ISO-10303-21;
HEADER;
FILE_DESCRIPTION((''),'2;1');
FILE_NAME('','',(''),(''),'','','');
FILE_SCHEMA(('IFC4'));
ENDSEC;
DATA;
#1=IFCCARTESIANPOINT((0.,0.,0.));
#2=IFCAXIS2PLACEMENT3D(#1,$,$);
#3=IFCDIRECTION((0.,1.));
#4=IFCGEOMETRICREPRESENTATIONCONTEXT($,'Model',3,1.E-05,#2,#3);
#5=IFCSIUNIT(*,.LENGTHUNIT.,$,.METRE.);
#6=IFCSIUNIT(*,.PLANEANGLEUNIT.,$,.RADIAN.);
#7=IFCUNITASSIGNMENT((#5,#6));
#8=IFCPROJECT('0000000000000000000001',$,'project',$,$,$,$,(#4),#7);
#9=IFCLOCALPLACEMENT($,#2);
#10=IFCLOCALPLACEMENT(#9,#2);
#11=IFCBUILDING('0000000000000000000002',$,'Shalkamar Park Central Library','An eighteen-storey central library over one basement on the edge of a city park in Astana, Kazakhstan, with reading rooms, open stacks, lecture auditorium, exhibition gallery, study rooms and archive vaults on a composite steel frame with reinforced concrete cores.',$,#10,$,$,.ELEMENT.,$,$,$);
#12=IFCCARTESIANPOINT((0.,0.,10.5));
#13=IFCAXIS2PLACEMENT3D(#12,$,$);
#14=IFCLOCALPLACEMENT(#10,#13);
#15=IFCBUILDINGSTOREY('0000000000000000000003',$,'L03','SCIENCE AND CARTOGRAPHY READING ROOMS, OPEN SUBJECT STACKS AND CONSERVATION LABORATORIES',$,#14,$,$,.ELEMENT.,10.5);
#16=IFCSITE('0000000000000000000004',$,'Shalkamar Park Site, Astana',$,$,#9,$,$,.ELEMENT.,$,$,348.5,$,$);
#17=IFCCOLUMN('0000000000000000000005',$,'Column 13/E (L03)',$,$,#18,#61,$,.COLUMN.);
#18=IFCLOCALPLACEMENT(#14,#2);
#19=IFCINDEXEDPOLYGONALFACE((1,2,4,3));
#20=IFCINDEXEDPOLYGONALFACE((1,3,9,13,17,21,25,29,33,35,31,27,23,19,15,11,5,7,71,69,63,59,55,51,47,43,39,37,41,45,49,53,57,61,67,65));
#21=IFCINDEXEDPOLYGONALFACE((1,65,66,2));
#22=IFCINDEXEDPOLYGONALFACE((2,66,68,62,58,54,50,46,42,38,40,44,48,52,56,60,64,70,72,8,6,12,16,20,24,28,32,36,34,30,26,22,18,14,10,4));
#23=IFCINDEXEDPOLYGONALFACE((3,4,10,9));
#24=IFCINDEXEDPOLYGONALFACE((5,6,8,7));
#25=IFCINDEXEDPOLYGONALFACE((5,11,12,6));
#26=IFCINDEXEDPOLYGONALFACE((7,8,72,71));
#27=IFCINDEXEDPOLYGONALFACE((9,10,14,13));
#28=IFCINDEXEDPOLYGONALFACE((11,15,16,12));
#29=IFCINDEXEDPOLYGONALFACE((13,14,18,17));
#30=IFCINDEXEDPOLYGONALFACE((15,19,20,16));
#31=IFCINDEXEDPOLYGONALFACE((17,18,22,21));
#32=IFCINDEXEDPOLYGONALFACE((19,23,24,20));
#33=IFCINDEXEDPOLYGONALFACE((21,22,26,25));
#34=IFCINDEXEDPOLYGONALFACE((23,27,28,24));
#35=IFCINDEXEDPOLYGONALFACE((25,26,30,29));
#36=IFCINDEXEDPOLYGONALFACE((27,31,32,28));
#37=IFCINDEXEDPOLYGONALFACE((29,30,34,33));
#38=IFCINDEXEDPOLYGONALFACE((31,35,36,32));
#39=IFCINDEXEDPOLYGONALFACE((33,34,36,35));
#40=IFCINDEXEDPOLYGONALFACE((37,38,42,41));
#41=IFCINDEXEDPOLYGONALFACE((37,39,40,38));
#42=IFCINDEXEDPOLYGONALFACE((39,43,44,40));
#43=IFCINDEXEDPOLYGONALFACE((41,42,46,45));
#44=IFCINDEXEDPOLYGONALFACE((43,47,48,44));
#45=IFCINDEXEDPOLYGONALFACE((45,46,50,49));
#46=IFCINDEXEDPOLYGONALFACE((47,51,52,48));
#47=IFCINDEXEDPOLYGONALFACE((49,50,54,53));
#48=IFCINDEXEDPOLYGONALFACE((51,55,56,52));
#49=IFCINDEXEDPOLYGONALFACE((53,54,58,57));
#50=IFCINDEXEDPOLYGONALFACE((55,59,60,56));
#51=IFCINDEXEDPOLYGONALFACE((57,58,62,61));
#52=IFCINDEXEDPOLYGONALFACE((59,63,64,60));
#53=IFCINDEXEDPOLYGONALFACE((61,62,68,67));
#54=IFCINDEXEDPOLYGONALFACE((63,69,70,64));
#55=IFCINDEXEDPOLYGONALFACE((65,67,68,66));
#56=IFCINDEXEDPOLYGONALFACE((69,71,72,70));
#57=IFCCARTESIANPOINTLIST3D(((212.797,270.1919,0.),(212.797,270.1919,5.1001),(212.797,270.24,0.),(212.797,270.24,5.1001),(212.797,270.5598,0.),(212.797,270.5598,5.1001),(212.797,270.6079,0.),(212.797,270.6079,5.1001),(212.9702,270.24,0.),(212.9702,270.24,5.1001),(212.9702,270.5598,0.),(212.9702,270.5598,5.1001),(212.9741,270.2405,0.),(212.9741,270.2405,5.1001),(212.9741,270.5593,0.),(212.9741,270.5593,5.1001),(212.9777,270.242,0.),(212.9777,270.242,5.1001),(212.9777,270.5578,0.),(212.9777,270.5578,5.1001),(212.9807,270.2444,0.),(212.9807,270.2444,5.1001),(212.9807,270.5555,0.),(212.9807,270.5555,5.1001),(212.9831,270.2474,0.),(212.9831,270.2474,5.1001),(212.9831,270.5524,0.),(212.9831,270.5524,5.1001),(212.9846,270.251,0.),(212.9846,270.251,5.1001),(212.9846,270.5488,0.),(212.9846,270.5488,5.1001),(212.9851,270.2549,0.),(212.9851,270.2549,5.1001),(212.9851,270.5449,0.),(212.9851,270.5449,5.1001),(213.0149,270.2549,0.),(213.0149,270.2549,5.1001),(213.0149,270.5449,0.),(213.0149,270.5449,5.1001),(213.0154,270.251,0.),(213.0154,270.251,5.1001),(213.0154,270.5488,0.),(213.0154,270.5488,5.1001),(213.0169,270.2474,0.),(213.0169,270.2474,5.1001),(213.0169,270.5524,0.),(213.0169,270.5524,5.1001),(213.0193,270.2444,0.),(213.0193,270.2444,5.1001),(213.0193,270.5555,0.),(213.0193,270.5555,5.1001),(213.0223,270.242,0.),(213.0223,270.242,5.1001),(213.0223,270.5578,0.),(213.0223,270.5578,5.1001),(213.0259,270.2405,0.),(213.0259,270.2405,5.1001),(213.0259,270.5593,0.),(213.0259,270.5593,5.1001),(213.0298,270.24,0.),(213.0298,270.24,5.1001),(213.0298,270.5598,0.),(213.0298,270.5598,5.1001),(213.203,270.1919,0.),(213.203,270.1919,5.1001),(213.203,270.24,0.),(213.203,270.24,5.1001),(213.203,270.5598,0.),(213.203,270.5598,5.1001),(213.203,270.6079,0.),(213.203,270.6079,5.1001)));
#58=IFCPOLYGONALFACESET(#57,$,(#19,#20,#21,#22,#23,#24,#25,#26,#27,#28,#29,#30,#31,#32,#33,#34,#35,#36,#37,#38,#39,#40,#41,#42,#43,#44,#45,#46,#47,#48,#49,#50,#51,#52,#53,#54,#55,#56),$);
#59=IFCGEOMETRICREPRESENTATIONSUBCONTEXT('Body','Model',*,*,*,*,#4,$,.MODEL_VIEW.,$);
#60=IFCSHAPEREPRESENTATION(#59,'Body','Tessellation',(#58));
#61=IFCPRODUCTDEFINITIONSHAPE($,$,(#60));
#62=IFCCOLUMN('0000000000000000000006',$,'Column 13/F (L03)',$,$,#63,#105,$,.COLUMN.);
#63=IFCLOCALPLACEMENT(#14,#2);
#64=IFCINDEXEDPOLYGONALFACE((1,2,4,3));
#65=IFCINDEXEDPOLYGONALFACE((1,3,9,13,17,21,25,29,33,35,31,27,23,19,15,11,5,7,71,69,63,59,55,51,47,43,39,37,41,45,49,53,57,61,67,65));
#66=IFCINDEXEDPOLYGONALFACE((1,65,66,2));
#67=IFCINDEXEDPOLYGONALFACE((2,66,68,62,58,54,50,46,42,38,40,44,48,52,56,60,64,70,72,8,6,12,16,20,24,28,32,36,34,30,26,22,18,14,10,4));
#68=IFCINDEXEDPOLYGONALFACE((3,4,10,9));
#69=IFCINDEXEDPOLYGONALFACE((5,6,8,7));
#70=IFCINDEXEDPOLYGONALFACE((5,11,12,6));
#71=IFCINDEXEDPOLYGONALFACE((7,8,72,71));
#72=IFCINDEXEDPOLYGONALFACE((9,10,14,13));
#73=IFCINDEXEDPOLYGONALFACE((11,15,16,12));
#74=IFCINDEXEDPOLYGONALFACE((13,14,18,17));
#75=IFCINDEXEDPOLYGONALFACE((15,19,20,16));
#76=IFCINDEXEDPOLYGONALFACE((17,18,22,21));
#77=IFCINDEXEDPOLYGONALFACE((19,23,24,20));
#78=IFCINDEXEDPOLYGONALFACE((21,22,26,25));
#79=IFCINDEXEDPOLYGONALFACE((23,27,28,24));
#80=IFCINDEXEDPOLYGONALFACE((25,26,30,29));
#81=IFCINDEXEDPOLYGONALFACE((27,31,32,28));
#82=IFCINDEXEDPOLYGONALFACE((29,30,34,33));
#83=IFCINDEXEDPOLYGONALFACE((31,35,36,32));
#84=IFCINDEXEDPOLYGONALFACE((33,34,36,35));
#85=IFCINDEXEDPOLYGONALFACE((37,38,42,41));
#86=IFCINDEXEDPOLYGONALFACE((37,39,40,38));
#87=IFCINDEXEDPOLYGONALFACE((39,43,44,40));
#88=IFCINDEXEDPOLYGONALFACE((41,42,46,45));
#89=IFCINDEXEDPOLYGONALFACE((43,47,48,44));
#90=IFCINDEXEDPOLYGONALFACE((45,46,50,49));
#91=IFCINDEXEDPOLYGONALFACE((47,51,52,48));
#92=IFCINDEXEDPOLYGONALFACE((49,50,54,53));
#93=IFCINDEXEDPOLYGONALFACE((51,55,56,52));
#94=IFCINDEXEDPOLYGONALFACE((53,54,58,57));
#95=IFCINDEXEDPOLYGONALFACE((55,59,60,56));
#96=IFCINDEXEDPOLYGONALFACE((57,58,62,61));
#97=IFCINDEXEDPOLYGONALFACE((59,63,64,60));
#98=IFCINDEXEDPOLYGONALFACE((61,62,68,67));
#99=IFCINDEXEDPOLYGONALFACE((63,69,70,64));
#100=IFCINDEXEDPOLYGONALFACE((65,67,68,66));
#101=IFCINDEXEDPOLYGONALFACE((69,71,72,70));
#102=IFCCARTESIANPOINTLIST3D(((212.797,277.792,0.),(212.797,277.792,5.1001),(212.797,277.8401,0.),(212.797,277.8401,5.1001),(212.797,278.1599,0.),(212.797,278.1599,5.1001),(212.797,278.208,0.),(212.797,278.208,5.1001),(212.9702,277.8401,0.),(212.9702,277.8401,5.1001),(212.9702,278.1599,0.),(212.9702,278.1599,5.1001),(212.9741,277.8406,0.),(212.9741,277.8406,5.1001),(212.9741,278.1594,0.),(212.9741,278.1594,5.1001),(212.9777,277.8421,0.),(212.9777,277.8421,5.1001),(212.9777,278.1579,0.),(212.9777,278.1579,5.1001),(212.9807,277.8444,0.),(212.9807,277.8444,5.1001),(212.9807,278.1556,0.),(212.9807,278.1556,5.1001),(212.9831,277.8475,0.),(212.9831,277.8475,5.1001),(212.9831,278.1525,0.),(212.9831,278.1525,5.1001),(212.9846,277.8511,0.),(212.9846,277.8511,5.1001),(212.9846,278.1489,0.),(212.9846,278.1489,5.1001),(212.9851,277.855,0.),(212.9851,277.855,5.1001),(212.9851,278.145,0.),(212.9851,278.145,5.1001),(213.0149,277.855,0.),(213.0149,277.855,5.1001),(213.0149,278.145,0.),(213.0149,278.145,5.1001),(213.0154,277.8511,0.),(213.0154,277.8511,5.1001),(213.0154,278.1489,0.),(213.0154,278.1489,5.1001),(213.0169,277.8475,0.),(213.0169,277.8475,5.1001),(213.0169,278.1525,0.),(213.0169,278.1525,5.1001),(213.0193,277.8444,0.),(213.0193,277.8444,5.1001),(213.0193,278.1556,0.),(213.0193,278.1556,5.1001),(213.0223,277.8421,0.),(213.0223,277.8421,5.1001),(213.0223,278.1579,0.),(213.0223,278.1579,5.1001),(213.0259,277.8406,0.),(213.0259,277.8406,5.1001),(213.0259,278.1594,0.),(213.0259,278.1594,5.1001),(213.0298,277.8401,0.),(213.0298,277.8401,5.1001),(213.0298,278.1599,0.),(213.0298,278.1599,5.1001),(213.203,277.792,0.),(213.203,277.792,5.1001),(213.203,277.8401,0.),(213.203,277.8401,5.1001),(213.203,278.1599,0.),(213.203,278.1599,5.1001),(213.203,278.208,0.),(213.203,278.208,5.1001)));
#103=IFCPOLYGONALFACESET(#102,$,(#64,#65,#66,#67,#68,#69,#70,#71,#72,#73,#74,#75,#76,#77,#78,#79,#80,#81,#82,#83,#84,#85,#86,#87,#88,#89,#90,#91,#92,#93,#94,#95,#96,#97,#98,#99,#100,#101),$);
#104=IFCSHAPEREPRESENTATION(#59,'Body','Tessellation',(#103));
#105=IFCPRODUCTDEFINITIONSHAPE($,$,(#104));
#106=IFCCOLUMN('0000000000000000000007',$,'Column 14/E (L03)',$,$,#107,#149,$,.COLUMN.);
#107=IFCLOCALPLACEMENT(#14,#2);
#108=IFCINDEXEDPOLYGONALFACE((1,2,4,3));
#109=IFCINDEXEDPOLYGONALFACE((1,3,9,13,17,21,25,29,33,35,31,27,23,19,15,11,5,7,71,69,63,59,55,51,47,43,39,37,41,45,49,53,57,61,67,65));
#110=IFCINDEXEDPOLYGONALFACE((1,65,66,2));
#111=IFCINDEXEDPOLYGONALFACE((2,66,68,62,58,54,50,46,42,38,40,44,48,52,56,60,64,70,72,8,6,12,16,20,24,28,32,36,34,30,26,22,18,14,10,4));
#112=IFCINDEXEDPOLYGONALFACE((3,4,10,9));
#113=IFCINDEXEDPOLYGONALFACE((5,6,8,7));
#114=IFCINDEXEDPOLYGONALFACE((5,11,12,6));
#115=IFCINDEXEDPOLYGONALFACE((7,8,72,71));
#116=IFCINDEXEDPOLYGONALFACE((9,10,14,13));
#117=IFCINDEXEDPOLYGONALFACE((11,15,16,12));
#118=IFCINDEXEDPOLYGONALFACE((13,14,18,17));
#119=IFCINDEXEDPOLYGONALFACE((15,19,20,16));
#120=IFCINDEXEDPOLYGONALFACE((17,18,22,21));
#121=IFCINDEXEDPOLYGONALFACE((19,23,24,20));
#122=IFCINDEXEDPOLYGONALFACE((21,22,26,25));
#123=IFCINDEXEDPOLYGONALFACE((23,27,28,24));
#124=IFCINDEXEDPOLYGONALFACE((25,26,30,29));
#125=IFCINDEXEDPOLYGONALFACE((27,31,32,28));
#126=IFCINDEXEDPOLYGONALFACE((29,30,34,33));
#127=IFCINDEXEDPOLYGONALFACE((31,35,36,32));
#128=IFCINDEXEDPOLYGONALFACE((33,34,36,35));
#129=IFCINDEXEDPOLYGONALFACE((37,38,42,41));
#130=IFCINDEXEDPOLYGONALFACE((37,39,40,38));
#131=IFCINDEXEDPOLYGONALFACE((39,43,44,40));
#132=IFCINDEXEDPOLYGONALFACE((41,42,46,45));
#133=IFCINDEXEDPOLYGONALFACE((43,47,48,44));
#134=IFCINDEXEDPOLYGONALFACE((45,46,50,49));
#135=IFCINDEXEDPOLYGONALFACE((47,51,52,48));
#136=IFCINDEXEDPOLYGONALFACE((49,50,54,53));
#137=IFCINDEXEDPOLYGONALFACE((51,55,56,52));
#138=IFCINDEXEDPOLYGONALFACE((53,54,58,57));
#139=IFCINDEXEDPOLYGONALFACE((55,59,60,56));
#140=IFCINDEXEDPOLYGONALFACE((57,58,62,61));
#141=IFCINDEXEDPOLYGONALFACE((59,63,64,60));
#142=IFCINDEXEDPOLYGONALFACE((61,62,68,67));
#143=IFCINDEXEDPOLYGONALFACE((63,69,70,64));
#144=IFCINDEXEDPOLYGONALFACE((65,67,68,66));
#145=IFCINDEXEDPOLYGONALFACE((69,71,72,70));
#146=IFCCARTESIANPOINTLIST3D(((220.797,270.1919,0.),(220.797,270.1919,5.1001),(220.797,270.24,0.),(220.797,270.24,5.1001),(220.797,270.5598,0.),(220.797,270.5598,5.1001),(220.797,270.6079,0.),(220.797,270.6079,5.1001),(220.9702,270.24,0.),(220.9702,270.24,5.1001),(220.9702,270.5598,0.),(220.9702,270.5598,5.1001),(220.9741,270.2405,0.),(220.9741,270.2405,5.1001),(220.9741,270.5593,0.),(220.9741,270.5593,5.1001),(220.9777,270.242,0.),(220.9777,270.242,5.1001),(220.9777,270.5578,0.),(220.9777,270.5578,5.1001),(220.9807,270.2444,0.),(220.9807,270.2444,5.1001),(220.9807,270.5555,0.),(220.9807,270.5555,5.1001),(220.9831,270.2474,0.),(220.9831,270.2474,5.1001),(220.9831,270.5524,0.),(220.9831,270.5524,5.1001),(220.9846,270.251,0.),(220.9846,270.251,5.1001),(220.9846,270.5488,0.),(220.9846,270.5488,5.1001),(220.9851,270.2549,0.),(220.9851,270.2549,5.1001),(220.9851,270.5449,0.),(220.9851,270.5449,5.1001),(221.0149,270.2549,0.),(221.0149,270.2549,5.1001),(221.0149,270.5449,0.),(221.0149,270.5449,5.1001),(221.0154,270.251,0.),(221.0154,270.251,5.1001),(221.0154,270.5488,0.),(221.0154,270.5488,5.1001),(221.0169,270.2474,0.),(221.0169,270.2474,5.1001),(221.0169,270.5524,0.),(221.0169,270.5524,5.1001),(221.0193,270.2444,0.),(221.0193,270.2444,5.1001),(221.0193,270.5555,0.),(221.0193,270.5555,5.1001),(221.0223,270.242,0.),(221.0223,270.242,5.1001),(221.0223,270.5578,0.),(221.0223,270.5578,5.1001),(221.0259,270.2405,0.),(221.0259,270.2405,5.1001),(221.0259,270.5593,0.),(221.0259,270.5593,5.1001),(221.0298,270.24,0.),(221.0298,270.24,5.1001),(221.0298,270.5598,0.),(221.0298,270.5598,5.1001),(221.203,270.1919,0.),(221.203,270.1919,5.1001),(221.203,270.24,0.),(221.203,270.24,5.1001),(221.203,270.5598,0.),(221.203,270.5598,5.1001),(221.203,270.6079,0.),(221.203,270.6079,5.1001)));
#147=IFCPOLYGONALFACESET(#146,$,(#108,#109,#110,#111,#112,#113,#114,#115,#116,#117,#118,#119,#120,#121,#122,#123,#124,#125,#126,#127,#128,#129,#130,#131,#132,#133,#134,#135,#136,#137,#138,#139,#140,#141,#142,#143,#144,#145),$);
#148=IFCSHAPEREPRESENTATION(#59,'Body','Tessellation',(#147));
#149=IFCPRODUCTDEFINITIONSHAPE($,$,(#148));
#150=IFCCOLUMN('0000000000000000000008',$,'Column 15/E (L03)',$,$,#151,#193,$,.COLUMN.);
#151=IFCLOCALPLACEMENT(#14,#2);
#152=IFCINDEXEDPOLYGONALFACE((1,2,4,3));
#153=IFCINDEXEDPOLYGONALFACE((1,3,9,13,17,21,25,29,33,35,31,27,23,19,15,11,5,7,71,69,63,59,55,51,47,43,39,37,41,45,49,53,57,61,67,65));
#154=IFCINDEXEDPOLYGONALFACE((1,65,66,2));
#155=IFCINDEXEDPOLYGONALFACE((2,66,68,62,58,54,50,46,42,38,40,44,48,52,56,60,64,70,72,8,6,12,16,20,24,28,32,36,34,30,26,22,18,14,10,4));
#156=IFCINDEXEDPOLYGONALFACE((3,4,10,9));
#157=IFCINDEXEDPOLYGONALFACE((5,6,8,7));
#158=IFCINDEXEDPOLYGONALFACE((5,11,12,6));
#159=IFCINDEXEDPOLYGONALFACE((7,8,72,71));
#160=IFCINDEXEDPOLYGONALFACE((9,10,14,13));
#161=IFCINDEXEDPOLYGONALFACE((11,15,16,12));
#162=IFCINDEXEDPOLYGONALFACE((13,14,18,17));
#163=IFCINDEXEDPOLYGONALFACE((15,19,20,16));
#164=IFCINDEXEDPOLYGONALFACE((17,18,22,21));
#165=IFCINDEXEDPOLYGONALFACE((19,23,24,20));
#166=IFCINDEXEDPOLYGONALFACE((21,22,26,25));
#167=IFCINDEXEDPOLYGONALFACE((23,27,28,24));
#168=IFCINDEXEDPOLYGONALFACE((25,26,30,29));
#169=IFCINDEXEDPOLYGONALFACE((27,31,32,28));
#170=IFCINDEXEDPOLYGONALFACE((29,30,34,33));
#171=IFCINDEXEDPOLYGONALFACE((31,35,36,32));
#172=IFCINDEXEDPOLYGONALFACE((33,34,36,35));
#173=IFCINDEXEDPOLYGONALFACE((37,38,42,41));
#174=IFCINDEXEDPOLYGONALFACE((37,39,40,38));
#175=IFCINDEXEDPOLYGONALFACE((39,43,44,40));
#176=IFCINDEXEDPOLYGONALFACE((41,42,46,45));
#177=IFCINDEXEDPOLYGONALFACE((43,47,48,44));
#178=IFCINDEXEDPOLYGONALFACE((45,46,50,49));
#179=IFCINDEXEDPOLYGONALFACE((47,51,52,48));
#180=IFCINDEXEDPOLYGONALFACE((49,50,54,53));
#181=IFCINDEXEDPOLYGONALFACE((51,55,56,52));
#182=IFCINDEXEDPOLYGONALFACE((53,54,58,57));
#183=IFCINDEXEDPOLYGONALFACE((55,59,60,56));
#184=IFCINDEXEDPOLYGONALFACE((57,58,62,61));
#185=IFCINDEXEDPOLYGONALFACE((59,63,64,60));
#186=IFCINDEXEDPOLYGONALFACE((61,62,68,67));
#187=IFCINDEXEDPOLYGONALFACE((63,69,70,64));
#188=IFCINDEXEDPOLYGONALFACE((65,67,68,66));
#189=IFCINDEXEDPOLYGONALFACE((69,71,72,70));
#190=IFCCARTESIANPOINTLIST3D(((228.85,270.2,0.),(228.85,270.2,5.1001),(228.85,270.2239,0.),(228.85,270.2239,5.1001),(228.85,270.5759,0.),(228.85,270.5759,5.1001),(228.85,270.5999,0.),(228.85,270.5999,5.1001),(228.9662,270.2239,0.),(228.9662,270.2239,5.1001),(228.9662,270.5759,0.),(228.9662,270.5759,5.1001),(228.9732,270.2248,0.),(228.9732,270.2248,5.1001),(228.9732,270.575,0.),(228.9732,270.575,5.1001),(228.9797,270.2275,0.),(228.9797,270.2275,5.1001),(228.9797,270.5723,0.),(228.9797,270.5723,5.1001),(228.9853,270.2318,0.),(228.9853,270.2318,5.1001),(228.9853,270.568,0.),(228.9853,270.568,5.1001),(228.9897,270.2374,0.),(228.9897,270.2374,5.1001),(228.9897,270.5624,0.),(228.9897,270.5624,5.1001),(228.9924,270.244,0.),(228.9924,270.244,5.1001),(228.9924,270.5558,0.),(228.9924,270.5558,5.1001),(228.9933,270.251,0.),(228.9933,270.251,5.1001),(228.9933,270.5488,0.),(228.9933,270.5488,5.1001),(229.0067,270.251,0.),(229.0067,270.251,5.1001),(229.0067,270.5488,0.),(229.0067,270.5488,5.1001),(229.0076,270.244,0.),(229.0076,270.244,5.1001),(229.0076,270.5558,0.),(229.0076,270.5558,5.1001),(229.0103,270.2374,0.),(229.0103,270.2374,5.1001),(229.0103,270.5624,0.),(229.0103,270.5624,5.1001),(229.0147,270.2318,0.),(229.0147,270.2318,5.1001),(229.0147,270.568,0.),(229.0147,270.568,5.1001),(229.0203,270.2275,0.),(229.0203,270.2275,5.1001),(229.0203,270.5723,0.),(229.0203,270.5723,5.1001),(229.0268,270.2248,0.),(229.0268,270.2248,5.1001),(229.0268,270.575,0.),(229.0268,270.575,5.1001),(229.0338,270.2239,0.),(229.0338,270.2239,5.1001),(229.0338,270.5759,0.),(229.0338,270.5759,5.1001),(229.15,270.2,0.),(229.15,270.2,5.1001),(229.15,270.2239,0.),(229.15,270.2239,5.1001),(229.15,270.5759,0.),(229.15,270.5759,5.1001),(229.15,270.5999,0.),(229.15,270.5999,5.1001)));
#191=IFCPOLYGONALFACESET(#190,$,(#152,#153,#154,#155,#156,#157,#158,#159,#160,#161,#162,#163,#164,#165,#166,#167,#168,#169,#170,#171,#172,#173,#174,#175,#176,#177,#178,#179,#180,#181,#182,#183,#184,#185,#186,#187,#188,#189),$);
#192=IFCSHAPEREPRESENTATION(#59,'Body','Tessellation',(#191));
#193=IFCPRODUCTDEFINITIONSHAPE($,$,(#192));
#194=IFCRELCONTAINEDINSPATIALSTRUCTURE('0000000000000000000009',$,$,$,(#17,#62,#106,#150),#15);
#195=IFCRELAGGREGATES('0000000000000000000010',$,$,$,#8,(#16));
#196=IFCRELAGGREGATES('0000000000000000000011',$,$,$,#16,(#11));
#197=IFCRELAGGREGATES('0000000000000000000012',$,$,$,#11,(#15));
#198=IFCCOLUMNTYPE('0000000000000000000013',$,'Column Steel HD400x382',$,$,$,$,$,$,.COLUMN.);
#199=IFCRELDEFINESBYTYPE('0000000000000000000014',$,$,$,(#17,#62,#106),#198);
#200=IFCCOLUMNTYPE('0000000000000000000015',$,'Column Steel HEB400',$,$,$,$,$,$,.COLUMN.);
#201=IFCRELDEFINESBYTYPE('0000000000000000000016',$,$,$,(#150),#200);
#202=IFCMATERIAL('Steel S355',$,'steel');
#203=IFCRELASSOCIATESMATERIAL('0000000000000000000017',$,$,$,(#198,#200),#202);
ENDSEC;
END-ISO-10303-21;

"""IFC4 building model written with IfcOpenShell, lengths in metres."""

from ifc_helpers import new_model, si_unit, direction, frame, origin, origin_2d, place, context, subcontext, project, spatial, i_section, extrude, material, material_profile, profile_set, type_object, element, save


model = new_model("IFC4")

# Units and contexts
model_context = context("Model", 3, precision=1e-05, world=origin(), true_north=direction((0.0, 1.0)))
body_context = subcontext(model_context, "Body", "Model", "MODEL_VIEW")
ifc_project = project(units=[si_unit("LENGTHUNIT", "METRE"), si_unit("PLANEANGLEUNIT", "RADIAN")], contexts=[model_context])

# Site, building, storey
site_placement = place(None, origin())
site = spatial("IfcSite", under=ifc_project, at=site_placement, Name="Shalkamar Park Site, Astana", CompositionType="ELEMENT", RefElevation=348.5)
building_placement = place(site_placement, origin())
building = spatial("IfcBuilding", under=site, at=building_placement, Name="Shalkamar Park Central Library", Description="An eighteen-storey central library over one basement on the edge of a city park in Astana, Kazakhstan, with reading rooms, open stacks, lecture auditorium, exhibition gallery, study rooms and archive vaults on a composite steel frame with reinforced concrete cores.", CompositionType="ELEMENT")
storey_placement = place(building_placement, frame((0.0, 0.0, 10.5)))
storey = spatial("IfcBuildingStorey", under=building, at=storey_placement, Name="L03", Description="SCIENCE AND CARTOGRAPHY READING ROOMS, OPEN SUBJECT STACKS AND CONSERVATION LABORATORIES", CompositionType="ELEMENT", Elevation=10.5)

# Columns
ifc_material_1 = material(Name="Steel S355", Category="steel")
ifc_material_profile_1 = material_profile(ifc_material_1, i_section(OverallWidth=0.406, OverallDepth=0.416, WebThickness=0.0298, FlangeThickness=0.0481, FilletRadius=0.0149, at=origin_2d()), Name="HD 400x382")
ifc_profile_set_1 = profile_set([ifc_material_profile_1], Name="Steel S355")
column_type_1 = type_object("IfcColumnType", Name="Column Steel HD400x382", PredefinedType="COLUMN", material=ifc_profile_set_1)
for number, where, z_axis, x_axis, name in (
    (1, (213.0, 270.3999, 0.0), (0.0, 0.0, 1.0), (1.0, 0.0, 0.0), "Column 13/E (L03)"),
    (2, (213.0, 278.0, 0.0), (0.0, 0.0, 1.0), (1.0, 0.0, 0.0), "Column 13/F (L03)"),
    (3, (221.0, 270.3999, 0.0), (0.0, 0.0, 1.0), (1.0, 0.0, 0.0), "Column 14/E (L03)"),
):
    element("IfcColumn", number, at=place(storey_placement, frame(where, z_axis=z_axis, x_axis=x_axis)), inside=storey, type_object=column_type_1, Name=name, PredefinedType="COLUMN", context=body_context, shape_type="SweptSolid", body=[
        extrude(i_section(OverallWidth=0.406, OverallDepth=0.416, WebThickness=0.0298, FlangeThickness=0.0481, FilletRadius=0.0149, at=origin_2d()), origin(), (0.0, 0.0, 1.0), 5.1001),
    ])
ifc_material_profile_2 = material_profile(ifc_material_1, i_section(OverallWidth=0.3, OverallDepth=0.3999, WebThickness=0.0134, FlangeThickness=0.0239, FilletRadius=0.0271, at=origin_2d()), Name="HEB 400")
ifc_profile_set_2 = profile_set([ifc_material_profile_2], Name="Steel S355")
column_type_2 = type_object("IfcColumnType", Name="Column Steel HEB400", PredefinedType="COLUMN", material=ifc_profile_set_2)
column_placement = place(storey_placement, frame((229.0, 270.3999, 0.0), z_axis=(0.0, 0.0, 1.0), x_axis=(1.0, 0.0, 0.0)))
element("IfcColumn", 4, at=column_placement, inside=storey, type_object=column_type_2, Name="Column 15/E (L03)", PredefinedType="COLUMN", context=body_context, shape_type="SweptSolid", body=[
    extrude(i_section(OverallWidth=0.3, OverallDepth=0.3999, WebThickness=0.0134, FlangeThickness=0.0239, FilletRadius=0.0271, at=origin_2d()), origin(), (0.0, 0.0, 1.0), 5.1001),
])

save(model, "model.ifc")
